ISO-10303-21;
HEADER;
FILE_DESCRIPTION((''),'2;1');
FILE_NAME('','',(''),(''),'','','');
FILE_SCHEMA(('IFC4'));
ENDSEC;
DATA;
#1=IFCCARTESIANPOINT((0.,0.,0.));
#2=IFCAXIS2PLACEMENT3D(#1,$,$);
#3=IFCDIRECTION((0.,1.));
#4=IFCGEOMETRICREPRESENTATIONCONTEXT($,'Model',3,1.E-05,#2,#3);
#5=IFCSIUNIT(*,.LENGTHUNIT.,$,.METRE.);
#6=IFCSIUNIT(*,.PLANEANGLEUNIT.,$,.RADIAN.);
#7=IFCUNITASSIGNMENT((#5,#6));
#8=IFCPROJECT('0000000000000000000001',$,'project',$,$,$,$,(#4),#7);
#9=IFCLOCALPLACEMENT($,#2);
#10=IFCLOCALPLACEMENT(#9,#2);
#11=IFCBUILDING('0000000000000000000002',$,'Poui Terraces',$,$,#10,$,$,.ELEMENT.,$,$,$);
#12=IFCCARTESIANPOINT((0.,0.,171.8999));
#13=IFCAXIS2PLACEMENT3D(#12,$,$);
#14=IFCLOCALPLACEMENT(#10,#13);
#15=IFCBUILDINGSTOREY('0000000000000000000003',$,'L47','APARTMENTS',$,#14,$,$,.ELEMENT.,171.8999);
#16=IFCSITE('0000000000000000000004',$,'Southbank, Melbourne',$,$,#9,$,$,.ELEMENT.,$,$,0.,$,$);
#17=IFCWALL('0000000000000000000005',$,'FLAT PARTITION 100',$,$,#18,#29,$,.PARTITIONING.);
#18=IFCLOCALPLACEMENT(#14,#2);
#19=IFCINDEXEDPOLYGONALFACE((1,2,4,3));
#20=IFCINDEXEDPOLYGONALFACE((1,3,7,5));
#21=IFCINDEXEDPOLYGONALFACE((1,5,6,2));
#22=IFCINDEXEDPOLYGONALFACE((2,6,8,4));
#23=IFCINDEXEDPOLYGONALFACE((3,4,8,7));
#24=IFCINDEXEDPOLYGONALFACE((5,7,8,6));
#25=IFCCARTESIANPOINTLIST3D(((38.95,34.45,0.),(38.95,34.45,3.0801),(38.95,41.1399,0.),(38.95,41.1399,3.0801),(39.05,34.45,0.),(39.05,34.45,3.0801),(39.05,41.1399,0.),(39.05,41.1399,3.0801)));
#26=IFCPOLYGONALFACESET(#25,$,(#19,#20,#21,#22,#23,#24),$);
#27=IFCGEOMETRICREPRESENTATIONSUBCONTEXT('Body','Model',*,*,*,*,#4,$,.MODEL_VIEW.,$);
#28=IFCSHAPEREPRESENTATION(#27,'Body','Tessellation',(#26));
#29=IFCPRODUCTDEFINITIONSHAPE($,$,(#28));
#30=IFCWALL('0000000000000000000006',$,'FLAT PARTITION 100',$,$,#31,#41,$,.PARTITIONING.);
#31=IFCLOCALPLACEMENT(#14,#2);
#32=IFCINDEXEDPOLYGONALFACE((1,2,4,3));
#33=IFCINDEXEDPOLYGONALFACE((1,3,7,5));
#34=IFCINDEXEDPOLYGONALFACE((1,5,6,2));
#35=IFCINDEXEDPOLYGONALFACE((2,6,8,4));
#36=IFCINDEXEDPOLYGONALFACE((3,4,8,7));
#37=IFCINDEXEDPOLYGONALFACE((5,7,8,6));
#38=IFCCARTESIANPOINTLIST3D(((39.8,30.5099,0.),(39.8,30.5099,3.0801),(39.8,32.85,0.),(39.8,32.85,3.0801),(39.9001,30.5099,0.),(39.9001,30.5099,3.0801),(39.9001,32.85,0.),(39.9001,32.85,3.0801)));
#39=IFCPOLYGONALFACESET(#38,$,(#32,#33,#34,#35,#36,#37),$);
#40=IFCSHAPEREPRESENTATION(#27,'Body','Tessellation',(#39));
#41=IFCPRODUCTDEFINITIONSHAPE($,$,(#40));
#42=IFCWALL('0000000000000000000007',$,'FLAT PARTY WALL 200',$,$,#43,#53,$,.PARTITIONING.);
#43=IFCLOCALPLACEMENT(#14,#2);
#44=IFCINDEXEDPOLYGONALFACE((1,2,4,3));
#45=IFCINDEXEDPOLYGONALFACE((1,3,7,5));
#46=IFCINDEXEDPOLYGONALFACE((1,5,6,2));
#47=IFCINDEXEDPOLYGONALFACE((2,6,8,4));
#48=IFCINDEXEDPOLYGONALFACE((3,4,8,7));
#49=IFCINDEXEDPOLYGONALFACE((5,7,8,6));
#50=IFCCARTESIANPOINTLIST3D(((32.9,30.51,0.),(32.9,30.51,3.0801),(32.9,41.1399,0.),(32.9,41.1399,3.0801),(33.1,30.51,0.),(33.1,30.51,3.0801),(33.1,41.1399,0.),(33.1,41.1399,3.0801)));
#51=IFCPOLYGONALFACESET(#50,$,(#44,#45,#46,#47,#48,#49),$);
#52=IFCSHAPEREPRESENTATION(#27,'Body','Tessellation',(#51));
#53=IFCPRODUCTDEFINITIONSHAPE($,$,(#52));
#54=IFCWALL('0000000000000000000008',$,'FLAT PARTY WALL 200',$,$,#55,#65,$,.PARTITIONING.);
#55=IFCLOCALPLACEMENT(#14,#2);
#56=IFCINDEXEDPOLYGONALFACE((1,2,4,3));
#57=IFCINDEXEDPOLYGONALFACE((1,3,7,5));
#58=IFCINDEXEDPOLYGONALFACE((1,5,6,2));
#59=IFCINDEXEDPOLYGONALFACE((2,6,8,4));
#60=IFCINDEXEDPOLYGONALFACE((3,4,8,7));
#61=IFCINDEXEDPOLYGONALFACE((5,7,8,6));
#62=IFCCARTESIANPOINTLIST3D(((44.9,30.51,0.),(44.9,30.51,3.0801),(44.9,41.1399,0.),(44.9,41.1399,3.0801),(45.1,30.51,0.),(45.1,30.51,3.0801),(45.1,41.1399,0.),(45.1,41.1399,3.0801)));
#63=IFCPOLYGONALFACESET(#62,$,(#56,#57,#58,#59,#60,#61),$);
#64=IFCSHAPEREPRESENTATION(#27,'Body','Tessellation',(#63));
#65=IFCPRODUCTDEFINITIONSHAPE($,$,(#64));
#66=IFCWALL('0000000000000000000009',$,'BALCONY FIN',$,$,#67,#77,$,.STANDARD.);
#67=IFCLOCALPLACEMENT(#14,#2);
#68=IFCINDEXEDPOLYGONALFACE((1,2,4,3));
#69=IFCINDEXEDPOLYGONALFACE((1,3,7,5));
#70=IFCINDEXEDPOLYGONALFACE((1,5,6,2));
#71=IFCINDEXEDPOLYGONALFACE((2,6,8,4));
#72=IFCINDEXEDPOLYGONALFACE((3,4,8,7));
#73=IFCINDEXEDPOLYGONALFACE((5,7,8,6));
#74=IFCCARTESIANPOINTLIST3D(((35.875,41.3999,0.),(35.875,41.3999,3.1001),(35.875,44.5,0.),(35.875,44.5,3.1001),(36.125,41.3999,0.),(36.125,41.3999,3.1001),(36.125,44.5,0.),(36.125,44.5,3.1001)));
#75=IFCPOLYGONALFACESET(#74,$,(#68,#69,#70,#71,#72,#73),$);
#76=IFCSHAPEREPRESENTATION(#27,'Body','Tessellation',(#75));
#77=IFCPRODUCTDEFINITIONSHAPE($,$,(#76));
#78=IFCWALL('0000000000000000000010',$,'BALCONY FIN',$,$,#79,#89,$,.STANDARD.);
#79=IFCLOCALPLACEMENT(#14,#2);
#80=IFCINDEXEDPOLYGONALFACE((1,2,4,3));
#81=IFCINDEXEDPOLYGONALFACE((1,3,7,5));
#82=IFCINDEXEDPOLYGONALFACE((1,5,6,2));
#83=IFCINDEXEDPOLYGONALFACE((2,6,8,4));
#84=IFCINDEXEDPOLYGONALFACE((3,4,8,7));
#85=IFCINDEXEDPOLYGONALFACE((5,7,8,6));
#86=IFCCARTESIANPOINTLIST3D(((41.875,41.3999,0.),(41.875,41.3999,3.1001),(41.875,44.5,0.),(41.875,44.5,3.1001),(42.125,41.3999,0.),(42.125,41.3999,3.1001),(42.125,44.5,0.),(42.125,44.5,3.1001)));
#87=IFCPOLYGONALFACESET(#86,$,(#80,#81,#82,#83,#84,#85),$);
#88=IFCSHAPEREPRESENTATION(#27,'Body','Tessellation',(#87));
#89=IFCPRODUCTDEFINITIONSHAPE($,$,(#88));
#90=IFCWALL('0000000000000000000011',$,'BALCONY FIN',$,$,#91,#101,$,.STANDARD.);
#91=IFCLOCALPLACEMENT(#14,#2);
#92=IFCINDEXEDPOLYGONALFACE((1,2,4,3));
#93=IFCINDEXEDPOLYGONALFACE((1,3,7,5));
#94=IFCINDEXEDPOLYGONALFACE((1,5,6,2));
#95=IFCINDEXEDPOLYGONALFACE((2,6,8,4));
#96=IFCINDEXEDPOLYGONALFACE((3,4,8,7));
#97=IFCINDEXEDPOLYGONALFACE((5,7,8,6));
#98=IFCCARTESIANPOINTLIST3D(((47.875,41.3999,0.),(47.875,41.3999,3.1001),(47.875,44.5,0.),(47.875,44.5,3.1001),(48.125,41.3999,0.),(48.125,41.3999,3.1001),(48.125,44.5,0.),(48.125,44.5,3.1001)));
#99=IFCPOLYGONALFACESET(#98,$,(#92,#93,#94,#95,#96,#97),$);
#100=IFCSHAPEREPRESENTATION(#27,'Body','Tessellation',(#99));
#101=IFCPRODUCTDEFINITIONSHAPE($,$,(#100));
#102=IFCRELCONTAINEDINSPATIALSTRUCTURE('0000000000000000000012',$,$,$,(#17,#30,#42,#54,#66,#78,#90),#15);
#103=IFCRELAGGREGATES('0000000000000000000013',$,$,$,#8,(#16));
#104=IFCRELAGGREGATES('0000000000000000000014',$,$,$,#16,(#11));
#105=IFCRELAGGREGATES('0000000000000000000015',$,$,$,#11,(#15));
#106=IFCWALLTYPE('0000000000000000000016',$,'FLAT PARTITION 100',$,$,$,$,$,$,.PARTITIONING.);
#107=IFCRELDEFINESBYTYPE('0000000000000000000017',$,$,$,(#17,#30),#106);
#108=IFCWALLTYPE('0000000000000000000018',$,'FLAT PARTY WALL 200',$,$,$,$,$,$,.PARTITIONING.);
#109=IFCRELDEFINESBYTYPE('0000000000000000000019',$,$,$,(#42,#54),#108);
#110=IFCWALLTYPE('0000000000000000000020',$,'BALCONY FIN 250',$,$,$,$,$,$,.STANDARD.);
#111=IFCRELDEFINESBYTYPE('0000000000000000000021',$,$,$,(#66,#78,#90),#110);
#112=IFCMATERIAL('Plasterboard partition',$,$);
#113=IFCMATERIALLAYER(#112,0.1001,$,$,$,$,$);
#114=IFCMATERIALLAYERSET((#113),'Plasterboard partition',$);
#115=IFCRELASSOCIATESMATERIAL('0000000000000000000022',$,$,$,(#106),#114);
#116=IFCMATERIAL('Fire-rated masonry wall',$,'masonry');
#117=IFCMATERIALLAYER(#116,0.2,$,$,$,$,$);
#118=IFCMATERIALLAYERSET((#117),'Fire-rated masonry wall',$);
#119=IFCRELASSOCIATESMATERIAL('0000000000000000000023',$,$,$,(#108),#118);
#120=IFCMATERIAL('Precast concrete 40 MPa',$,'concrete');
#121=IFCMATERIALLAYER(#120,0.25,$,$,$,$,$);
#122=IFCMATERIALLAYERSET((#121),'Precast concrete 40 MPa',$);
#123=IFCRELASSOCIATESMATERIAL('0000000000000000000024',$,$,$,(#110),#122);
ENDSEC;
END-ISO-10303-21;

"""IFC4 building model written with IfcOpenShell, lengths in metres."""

from ifc_helpers import new_model, si_unit, direction, frame, frame_2d, origin, place, context, subcontext, project, spatial, polyline, rectangle, outline, extrude, source, transform, mapped, material, layer, layer_set, type_object, element, save


model = new_model("IFC4")

# Units and contexts
model_context = context("Model", 3, precision=1e-05, world=origin(), true_north=direction((0.0, 1.0)))
body_context = subcontext(model_context, "Body", "Model", "MODEL_VIEW")
ifc_project = project(units=[si_unit("LENGTHUNIT", "METRE"), si_unit("PLANEANGLEUNIT", "RADIAN")], contexts=[model_context])

# Site, building, storey
site_placement = place(None, origin())
site = spatial("IfcSite", under=ifc_project, at=site_placement, Name="Southbank, Melbourne", CompositionType="ELEMENT", RefElevation=0.0)
building_placement = place(site_placement, origin())
building = spatial("IfcBuilding", under=site, at=building_placement, Name="Poui Terraces", CompositionType="ELEMENT")
storey_placement = place(building_placement, frame((0.0, 0.0, 171.8999)))
storey = spatial("IfcBuildingStorey", under=building, at=storey_placement, Name="L47", Description="APARTMENTS", CompositionType="ELEMENT", Elevation=171.8999)

# Shared definitions
ifc_material_1 = material(Name="Plasterboard partition")
ifc_layer_1 = layer(ifc_material_1, 0.1001)
ifc_layer_set_1 = layer_set([ifc_layer_1], Name="Plasterboard partition")
wall_type_1 = type_object("IfcWallType", Name="FLAT PARTITION 100", PredefinedType="PARTITIONING", material=ifc_layer_set_1)

# Walls
wall_1_placement = place(storey_placement, frame((39.0, 34.45, 0.0), z_axis=(0.0, 0.0, 1.0), x_axis=(0.0, 1.0, 0.0)))
element("IfcWall", 1, at=wall_1_placement, inside=storey, type_object=wall_type_1, Name="FLAT PARTITION 100", PredefinedType="PARTITIONING", context=body_context, shape_type="SweptSolid", body=[
    extrude(rectangle(XDim=6.6899, YDim=0.1001, at=frame_2d((3.345, 0.0))), origin(), (0.0, 0.0, 1.0), 3.0801),
])
wall_2_placement = place(storey_placement, frame((39.8501, 30.51, 0.0), z_axis=(0.0, 0.0, 1.0), x_axis=(0.0, 1.0, 0.0)))
element("IfcWall", 2, at=wall_2_placement, inside=storey, type_object=wall_type_1, Name="FLAT PARTITION 100", PredefinedType="PARTITIONING", context=body_context, shape_type="SweptSolid", body=[
    extrude(rectangle(XDim=2.3401, YDim=0.1001, at=frame_2d((1.1699, 0.0))), origin(), (0.0, 0.0, 1.0), 3.0801),
])
ifc_material_2 = material(Name="Fire-rated masonry wall", Category="masonry")
ifc_layer_2 = layer(ifc_material_2, 0.2)
ifc_layer_set_2 = layer_set([ifc_layer_2], Name="Fire-rated masonry wall")
wall_type_2 = type_object("IfcWallType", Name="FLAT PARTY WALL 200", PredefinedType="PARTITIONING", material=ifc_layer_set_2)
for number, where, z_axis, x_axis, name in (
    (3, (33.0, 30.51, 0.0), (0.0, 0.0, 1.0), (0.0, 1.0, 0.0), "FLAT PARTY WALL 200"),
    (4, (45.0, 30.51, 0.0), (0.0, 0.0, 1.0), (0.0, 1.0, 0.0), "FLAT PARTY WALL 200"),
):
    element("IfcWall", number, at=place(storey_placement, frame(where, z_axis=z_axis, x_axis=x_axis)), inside=storey, type_object=wall_type_2, Name=name, PredefinedType="PARTITIONING", context=body_context, shape_type="SweptSolid", body=[
        extrude(rectangle(XDim=10.6299, YDim=0.2, at=frame_2d((5.3149, 0.0))), origin(), (0.0, 0.0, 1.0), 3.0801),
    ])
ifc_material_3 = material(Name="Precast concrete 40 MPa", Category="concrete")
ifc_layer_3 = layer(ifc_material_3, 0.25)
ifc_layer_set_3 = layer_set([ifc_layer_3], Name="Precast concrete 40 MPa")
wall_type_3 = type_object("IfcWallType", Name="BALCONY FIN 250", PredefinedType="STANDARD", material=ifc_layer_set_3)
shared_shape_1 = source(origin(), body_context, "Body", "SweptSolid", [
    extrude(outline(polyline([(0.0, 0.0), (0.25, 0.0), (0.25, 3.1001), (0.0, 3.1001), (0.0, 0.0)])), origin(), (0.0, 0.0, 1.0), 3.1001),
])
for number, where, name in (
    (5, (35.875, 41.3999, 0.0), "BALCONY FIN"),
    (6, (41.875, 41.3999, 0.0), "BALCONY FIN"),
    (7, (47.875, 41.3999, 0.0), "BALCONY FIN"),
):
    element("IfcWall", number, at=place(storey_placement, frame(where)), inside=storey, type_object=wall_type_3, Name=name, PredefinedType="STANDARD", context=body_context, shape_type="MappedRepresentation", body=[
        mapped(shared_shape_1, transform((0.0, 0.0, 0.0))),
    ])

save(model, "model.ifc")
